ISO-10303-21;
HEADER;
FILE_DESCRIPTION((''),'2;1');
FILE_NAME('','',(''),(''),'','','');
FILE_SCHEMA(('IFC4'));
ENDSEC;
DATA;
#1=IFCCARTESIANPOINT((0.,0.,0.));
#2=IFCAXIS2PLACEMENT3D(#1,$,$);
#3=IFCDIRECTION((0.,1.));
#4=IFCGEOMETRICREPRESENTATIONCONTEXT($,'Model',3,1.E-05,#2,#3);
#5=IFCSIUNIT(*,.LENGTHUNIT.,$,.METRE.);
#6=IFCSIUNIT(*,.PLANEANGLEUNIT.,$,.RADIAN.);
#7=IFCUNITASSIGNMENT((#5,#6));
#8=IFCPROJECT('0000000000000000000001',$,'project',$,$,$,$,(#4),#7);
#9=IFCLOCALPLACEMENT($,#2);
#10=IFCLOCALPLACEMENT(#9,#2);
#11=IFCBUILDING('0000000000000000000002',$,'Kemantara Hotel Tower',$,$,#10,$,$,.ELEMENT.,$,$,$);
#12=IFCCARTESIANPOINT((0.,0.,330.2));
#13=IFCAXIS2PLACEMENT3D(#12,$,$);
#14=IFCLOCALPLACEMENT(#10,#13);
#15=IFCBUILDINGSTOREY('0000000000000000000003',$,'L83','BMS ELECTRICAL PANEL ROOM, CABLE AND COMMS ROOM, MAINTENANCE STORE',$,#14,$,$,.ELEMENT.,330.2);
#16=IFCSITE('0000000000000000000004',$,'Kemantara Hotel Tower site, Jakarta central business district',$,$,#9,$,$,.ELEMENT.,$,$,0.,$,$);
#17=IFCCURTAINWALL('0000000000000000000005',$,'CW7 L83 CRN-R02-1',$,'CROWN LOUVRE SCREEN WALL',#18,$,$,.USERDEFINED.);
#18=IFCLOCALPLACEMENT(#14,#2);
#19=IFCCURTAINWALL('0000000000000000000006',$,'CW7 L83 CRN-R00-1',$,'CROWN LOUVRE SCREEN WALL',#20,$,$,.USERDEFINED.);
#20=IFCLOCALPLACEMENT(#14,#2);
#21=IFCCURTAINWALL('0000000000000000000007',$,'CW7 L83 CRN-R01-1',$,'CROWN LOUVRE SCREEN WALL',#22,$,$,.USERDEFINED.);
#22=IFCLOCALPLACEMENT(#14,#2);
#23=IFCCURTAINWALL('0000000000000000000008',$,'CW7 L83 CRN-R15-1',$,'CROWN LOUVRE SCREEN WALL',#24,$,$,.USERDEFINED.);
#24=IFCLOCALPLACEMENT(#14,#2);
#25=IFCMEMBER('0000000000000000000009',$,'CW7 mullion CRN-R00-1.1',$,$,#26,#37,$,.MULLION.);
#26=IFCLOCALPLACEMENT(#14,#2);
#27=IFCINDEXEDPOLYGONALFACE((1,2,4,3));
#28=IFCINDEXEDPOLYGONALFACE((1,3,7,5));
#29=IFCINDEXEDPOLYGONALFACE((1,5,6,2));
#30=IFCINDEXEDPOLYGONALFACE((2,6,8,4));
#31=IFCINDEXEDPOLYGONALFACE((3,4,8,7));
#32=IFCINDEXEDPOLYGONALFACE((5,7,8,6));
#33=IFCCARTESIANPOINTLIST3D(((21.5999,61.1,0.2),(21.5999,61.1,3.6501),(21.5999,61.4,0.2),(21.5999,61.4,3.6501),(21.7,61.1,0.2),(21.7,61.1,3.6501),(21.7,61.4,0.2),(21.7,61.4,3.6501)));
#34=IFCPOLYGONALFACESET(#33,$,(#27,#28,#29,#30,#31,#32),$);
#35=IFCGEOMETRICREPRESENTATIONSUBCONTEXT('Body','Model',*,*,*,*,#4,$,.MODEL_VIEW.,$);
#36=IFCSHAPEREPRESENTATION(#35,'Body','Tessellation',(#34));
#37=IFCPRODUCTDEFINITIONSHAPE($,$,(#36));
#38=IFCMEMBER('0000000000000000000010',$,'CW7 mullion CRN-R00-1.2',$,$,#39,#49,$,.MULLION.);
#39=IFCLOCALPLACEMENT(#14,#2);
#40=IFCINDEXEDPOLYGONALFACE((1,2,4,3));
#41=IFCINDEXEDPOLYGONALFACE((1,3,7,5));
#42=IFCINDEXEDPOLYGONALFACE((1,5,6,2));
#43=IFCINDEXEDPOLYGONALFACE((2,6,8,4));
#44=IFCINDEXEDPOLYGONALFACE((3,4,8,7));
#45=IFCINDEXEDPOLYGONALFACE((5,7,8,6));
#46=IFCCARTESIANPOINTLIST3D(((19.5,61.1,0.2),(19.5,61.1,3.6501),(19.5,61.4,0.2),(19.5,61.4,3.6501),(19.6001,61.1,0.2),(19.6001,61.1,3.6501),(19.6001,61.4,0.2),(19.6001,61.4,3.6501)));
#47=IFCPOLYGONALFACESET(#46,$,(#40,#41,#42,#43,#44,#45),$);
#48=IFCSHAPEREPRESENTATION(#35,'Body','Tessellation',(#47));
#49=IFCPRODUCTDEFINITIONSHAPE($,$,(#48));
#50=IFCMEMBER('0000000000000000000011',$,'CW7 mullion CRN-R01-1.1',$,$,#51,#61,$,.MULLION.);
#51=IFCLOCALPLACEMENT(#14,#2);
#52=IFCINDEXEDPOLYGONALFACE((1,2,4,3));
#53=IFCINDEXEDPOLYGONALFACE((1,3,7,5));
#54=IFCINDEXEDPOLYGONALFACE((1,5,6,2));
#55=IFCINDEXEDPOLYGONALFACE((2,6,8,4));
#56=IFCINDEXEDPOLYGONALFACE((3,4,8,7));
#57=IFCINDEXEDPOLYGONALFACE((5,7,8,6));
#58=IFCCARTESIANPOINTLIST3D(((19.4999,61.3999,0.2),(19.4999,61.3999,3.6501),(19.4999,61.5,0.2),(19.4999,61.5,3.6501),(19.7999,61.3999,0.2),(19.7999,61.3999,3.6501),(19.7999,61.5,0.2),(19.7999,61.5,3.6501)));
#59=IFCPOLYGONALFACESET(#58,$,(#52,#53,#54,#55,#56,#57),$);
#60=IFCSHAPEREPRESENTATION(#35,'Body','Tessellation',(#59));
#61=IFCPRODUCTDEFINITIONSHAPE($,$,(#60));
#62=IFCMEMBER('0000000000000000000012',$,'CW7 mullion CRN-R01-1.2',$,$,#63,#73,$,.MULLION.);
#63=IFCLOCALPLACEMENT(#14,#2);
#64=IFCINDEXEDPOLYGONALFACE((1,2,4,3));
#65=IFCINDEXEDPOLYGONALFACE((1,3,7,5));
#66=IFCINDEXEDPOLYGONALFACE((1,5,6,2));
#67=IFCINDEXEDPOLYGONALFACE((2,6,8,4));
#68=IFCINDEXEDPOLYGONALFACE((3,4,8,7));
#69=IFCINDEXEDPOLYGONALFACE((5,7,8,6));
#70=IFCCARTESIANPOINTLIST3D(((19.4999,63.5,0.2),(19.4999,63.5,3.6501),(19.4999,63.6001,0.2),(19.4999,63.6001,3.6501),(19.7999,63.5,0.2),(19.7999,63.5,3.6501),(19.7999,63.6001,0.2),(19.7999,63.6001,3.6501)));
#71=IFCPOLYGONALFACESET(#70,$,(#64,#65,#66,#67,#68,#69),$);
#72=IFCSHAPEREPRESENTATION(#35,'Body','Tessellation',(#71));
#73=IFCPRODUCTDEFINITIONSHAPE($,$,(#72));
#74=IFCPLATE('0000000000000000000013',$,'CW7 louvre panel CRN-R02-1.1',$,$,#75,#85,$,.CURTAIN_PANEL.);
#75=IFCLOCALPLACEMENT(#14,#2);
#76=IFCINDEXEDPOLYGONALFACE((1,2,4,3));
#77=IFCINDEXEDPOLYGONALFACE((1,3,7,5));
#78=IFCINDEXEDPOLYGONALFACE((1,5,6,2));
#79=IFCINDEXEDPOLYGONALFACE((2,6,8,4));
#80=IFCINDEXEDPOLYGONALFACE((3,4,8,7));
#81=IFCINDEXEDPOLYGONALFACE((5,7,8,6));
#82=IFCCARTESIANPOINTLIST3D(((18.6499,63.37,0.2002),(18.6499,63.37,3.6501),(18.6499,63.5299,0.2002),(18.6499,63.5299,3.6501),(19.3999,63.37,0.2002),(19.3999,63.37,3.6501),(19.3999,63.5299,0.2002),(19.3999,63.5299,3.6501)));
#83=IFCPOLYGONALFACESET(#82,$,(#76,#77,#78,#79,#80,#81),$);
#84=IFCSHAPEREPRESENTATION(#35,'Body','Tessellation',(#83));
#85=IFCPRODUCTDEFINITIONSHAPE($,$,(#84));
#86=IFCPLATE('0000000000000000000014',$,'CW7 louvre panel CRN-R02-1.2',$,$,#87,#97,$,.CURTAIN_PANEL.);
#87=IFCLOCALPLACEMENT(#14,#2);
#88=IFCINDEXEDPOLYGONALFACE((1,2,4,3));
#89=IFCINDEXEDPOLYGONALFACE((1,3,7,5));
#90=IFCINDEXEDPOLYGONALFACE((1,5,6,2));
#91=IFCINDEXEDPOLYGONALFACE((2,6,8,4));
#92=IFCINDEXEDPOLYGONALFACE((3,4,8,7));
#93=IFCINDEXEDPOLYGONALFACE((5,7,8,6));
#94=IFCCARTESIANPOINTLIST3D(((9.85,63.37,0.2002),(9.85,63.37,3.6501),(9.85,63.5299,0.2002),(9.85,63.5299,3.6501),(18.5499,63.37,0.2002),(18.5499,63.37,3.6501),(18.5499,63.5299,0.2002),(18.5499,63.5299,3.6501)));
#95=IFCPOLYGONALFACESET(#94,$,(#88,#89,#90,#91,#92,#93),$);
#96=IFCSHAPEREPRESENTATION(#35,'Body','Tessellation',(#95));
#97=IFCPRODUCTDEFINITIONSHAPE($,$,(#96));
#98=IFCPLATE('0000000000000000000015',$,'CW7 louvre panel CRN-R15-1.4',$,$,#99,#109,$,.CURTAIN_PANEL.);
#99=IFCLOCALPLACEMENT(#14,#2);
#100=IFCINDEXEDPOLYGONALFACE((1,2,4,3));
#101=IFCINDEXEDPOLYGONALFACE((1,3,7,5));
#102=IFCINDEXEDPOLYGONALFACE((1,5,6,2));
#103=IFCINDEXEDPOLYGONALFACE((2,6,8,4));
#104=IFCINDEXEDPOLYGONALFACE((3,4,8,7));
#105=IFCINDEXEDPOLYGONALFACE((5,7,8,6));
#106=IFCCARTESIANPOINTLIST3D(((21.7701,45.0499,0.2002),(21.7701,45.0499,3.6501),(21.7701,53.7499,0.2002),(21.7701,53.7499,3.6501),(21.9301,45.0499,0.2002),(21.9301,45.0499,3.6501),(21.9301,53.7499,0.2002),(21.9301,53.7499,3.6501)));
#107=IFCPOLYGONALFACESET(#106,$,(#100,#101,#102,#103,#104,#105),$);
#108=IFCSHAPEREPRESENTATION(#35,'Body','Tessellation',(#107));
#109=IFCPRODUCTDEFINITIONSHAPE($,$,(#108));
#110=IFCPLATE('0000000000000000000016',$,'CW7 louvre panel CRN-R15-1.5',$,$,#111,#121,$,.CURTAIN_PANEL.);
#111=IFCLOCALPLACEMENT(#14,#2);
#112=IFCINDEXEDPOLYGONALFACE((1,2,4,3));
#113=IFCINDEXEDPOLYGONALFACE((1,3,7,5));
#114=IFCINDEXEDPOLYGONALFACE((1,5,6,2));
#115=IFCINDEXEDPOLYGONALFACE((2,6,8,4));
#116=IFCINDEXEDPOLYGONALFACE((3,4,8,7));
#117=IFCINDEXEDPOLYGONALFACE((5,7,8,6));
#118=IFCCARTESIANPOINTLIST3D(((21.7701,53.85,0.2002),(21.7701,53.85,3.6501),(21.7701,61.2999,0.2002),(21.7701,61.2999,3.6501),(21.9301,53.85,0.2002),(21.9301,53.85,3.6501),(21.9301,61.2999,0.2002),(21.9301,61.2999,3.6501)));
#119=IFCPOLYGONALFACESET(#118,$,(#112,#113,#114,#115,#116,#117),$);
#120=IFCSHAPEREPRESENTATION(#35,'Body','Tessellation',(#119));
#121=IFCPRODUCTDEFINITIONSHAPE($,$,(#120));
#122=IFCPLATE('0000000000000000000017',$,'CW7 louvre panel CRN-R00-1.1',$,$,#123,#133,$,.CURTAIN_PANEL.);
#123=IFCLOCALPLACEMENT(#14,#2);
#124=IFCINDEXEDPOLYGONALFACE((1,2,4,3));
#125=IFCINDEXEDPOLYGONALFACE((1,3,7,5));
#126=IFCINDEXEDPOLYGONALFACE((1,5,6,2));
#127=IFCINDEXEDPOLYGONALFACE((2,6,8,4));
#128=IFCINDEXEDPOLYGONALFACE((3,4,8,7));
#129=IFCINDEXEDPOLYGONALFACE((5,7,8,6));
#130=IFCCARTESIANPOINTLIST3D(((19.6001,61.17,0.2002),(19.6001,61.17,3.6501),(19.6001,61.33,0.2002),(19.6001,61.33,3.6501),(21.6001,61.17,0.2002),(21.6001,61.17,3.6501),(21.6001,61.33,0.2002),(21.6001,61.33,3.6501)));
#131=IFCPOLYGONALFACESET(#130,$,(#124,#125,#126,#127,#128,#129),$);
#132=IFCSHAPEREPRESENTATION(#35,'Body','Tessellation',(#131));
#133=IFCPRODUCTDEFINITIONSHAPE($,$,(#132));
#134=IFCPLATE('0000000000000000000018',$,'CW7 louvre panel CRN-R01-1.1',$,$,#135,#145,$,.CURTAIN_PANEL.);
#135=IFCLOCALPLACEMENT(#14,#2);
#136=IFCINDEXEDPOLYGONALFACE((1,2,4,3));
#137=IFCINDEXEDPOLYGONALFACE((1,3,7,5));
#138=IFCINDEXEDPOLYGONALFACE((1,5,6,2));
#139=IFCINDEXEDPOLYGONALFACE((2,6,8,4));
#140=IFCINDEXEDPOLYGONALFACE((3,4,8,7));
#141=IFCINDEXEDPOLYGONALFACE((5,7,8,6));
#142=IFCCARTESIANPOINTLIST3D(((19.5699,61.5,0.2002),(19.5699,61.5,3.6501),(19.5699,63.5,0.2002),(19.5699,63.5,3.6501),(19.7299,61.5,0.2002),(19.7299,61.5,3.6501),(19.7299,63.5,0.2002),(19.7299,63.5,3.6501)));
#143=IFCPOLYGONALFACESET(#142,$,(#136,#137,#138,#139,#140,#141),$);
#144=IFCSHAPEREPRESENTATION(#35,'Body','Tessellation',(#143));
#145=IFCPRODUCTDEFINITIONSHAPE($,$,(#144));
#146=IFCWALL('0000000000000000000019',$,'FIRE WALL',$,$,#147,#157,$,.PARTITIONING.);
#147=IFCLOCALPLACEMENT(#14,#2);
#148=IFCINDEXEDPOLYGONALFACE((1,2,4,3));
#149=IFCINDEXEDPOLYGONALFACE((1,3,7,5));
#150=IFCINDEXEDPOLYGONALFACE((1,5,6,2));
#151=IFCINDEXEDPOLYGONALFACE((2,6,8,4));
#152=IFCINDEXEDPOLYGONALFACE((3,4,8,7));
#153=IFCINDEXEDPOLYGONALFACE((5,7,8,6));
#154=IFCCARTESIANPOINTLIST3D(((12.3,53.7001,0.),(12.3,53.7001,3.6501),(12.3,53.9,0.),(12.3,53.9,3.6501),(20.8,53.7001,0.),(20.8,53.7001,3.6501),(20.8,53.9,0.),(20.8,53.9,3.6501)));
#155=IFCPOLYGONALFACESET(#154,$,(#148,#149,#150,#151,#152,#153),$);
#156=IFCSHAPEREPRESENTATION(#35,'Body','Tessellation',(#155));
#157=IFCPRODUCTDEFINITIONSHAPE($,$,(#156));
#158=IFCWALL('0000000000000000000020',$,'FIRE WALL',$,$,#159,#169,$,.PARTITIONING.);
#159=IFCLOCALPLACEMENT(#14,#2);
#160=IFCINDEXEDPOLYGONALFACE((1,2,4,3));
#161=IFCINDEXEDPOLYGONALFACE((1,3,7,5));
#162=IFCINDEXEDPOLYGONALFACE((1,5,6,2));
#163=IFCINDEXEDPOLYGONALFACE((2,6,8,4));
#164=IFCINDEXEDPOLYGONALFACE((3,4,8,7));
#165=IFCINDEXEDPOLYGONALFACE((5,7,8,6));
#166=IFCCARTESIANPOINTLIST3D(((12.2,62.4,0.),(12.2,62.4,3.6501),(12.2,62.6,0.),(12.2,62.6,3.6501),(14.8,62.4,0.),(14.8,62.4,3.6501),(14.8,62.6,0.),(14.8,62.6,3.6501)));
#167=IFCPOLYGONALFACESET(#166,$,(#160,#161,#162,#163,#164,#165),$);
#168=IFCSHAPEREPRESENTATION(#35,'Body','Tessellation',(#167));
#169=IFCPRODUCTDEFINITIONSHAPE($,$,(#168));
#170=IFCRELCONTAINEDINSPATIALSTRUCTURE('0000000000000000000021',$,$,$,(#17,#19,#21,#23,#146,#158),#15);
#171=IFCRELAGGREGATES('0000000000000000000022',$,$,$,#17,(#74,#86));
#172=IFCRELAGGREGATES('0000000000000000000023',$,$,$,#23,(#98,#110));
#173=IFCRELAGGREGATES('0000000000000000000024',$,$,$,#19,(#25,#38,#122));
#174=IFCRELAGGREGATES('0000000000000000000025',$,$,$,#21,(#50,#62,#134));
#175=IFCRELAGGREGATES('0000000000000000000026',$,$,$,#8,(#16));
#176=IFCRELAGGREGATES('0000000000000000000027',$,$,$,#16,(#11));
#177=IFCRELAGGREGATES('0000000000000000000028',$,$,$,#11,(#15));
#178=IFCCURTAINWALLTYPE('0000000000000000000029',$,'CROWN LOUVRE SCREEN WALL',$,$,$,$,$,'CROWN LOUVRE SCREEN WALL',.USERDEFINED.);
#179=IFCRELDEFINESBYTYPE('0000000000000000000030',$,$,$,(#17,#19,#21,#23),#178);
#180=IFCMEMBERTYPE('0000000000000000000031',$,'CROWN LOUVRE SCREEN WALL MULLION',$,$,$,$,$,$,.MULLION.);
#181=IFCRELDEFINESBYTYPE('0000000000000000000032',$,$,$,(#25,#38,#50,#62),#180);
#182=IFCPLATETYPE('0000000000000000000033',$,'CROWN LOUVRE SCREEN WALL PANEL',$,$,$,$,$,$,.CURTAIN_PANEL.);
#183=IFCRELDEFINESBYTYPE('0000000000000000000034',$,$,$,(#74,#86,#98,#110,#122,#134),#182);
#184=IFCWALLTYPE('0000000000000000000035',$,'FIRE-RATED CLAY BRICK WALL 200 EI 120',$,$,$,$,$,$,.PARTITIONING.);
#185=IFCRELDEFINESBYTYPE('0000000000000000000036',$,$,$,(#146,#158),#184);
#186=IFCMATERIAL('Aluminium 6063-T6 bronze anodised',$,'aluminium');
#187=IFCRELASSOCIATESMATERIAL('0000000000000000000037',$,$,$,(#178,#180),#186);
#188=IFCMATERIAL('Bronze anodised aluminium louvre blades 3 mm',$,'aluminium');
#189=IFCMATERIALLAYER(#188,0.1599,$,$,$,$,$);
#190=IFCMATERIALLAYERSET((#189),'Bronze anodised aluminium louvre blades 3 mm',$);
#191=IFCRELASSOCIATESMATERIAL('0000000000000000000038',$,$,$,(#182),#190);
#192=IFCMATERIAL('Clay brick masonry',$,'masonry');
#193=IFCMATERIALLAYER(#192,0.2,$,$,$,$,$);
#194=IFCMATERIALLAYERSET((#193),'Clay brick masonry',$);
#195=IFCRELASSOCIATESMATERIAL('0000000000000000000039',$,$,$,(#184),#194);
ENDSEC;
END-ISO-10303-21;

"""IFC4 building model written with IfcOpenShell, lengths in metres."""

from ifc_helpers import new_model, si_unit, direction, frame, frame_2d, origin, origin_2d, place, context, subcontext, project, spatial, rectangle, extrude, source, transform, mapped, material, layer, layer_set, material_profile, profile_set, type_object, element, aggregate, save


model = new_model("IFC4")

# Units and contexts
model_context = context("Model", 3, precision=1e-05, world=origin(), true_north=direction((0.0, 1.0)))
body_context = subcontext(model_context, "Body", "Model", "MODEL_VIEW")
ifc_project = project(units=[si_unit("LENGTHUNIT", "METRE"), si_unit("PLANEANGLEUNIT", "RADIAN")], contexts=[model_context])

# Site, building, storey
site_placement = place(None, origin())
site = spatial("IfcSite", under=ifc_project, at=site_placement, Name="Kemantara Hotel Tower site, Jakarta central business district", CompositionType="ELEMENT", RefElevation=0.0)
building_placement = place(site_placement, origin())
building = spatial("IfcBuilding", under=site, at=building_placement, Name="Kemantara Hotel Tower", CompositionType="ELEMENT")
storey_placement = place(building_placement, frame((0.0, 0.0, 330.2)))
storey = spatial("IfcBuildingStorey", under=building, at=storey_placement, Name="L83", Description="BMS ELECTRICAL PANEL ROOM, CABLE AND COMMS ROOM, MAINTENANCE STORE", CompositionType="ELEMENT", Elevation=330.2)

# Curtain walls
ifc_material_1 = material(Name="Aluminium 6063-T6 bronze anodised", Category="aluminium")
curtain_wall_type = type_object("IfcCurtainWallType", Name="CROWN LOUVRE SCREEN WALL", ElementType="CROWN LOUVRE SCREEN WALL", PredefinedType="USERDEFINED", material=ifc_material_1)
curtain_wall_1_placement = place(storey_placement, origin())
curtain_wall_1 = element("IfcCurtainWall", 1, at=curtain_wall_1_placement, inside=storey, type_object=curtain_wall_type, Name="CW7 L83 CRN-R02-1", ObjectType="CROWN LOUVRE SCREEN WALL", PredefinedType="USERDEFINED")
curtain_wall_2_placement = place(storey_placement, origin())
curtain_wall_2 = element("IfcCurtainWall", 2, at=curtain_wall_2_placement, inside=storey, type_object=curtain_wall_type, Name="CW7 L83 CRN-R00-1", ObjectType="CROWN LOUVRE SCREEN WALL", PredefinedType="USERDEFINED")
curtain_wall_3_placement = place(storey_placement, origin())
curtain_wall_3 = element("IfcCurtainWall", 3, at=curtain_wall_3_placement, inside=storey, type_object=curtain_wall_type, Name="CW7 L83 CRN-R01-1", ObjectType="CROWN LOUVRE SCREEN WALL", PredefinedType="USERDEFINED")

# Shared definitions
ifc_material_profile_1 = material_profile(ifc_material_1, rectangle(XDim=0.3, YDim=0.1001, at=origin_2d()), Name="CROWN LOUVRE SCREEN WALL MULLION")
ifc_profile_set_1 = profile_set([ifc_material_profile_1], Name="Aluminium 6063-T6 bronze anodised")
member_type_1 = type_object("IfcMemberType", Name="CROWN LOUVRE SCREEN WALL MULLION", PredefinedType="MULLION", material=ifc_profile_set_1)
shared_shape_1 = source(origin(), body_context, "Body", "SweptSolid", [
    extrude(rectangle(XDim=0.3, YDim=0.1001, at=origin_2d()), origin(), (0.0, 0.0, 1.0), 3.4502),
])

# Curtain wall
curtain_wall_4_placement = place(storey_placement, origin())
curtain_wall_4 = element("IfcCurtainWall", 4, at=curtain_wall_4_placement, inside=storey, type_object=curtain_wall_type, Name="CW7 L83 CRN-R15-1", ObjectType="CROWN LOUVRE SCREEN WALL", PredefinedType="USERDEFINED")

# Members
member_1_placement = place(storey_placement, frame((21.6499, 61.25, 0.2), z_axis=(0.0, 0.0, 1.0), x_axis=(0.0, -1.0, 0.0)))
member_1 = element("IfcMember", 5, at=member_1_placement, type_object=member_type_1, Name="CW7 mullion CRN-R00-1.1", PredefinedType="MULLION", context=body_context, shape_type="MappedRepresentation", body=[
    mapped(shared_shape_1, transform((0.0, 0.0, 0.0))),
])
member_2_placement = place(storey_placement, frame((19.55, 61.25, 0.2), z_axis=(0.0, 0.0, 1.0), x_axis=(0.0, -1.0, 0.0)))
member_2 = element("IfcMember", 6, at=member_2_placement, type_object=member_type_1, Name="CW7 mullion CRN-R00-1.2", PredefinedType="MULLION", context=body_context, shape_type="MappedRepresentation", body=[
    mapped(shared_shape_1, transform((0.0, 0.0, 0.0))),
])
member_3_placement = place(storey_placement, frame((19.6499, 61.45, 0.2), z_axis=(0.0, 0.0, 1.0), x_axis=(-1.0, 0.0, 0.0)))
member_3 = element("IfcMember", 7, at=member_3_placement, type_object=member_type_1, Name="CW7 mullion CRN-R01-1.1", PredefinedType="MULLION", context=body_context, shape_type="MappedRepresentation", body=[
    mapped(shared_shape_1, transform((0.0, 0.0, 0.0))),
])
member_4_placement = place(storey_placement, frame((19.6499, 63.55, 0.2), z_axis=(0.0, 0.0, 1.0), x_axis=(-1.0, 0.0, 0.0)))
member_4 = element("IfcMember", 8, at=member_4_placement, type_object=member_type_1, Name="CW7 mullion CRN-R01-1.2", PredefinedType="MULLION", context=body_context, shape_type="MappedRepresentation", body=[
    mapped(shared_shape_1, transform((0.0, 0.0, 0.0))),
])

# Plates
ifc_material_2 = material(Name="Bronze anodised aluminium louvre blades 3 mm", Category="aluminium")
ifc_layer_1 = layer(ifc_material_2, 0.1599)
ifc_layer_set_1 = layer_set([ifc_layer_1], Name="Bronze anodised aluminium louvre blades 3 mm")
plate_type = type_object("IfcPlateType", Name="CROWN LOUVRE SCREEN WALL PANEL", PredefinedType="CURTAIN_PANEL", material=ifc_layer_set_1)
shared_shape_2 = source(origin(), body_context, "Body", "SweptSolid", [
    extrude(rectangle(XDim=0.75, YDim=0.1599, at=origin_2d()), origin(), (0.0, 0.0, 1.0), 3.45),
])
plate_1_placement = place(storey_placement, frame((19.0249, 63.45, 0.2002), z_axis=(0.0, 0.0, 1.0), x_axis=(-1.0, 0.0, 0.0)))
plate_1 = element("IfcPlate", 9, at=plate_1_placement, type_object=plate_type, Name="CW7 louvre panel CRN-R02-1.1", PredefinedType="CURTAIN_PANEL", context=body_context, shape_type="MappedRepresentation", body=[
    mapped(shared_shape_2, transform((0.0, 0.0, 0.0))),
])
shared_shape_3 = source(origin(), body_context, "Body", "SweptSolid", [
    extrude(rectangle(XDim=8.7, YDim=0.1599, at=origin_2d()), origin(), (0.0, 0.0, 1.0), 3.45),
])
plate_2_placement = place(storey_placement, frame((14.2, 63.45, 0.2002), z_axis=(0.0, 0.0, 1.0), x_axis=(-1.0, 0.0, 0.0)))
plate_2 = element("IfcPlate", 10, at=plate_2_placement, type_object=plate_type, Name="CW7 louvre panel CRN-R02-1.2", PredefinedType="CURTAIN_PANEL", context=body_context, shape_type="MappedRepresentation", body=[
    mapped(shared_shape_3, transform((0.0, 0.0, 0.0))),
])
aggregate(curtain_wall_1, [plate_1, plate_2])
plate_3_placement = place(storey_placement, frame((21.8501, 49.3999, 0.2002), z_axis=(0.0, 0.0, 1.0), x_axis=(0.0, 1.0, 0.0)))
plate_3 = element("IfcPlate", 11, at=plate_3_placement, type_object=plate_type, Name="CW7 louvre panel CRN-R15-1.4", PredefinedType="CURTAIN_PANEL", context=body_context, shape_type="MappedRepresentation", body=[
    mapped(shared_shape_3, transform((0.0, 0.0, 0.0))),
])
shared_shape_4 = source(origin(), body_context, "Body", "SweptSolid", [
    extrude(rectangle(XDim=7.45, YDim=0.1599, at=origin_2d()), origin(), (0.0, 0.0, 1.0), 3.45),
])
plate_4_placement = place(storey_placement, frame((21.8501, 57.575, 0.2002), z_axis=(0.0, 0.0, 1.0), x_axis=(0.0, 1.0, 0.0)))
plate_4 = element("IfcPlate", 12, at=plate_4_placement, type_object=plate_type, Name="CW7 louvre panel CRN-R15-1.5", PredefinedType="CURTAIN_PANEL", context=body_context, shape_type="MappedRepresentation", body=[
    mapped(shared_shape_4, transform((0.0, 0.0, 0.0))),
])
aggregate(curtain_wall_4, [plate_3, plate_4])
shared_shape_5 = source(origin(), body_context, "Body", "SweptSolid", [
    extrude(rectangle(XDim=2.0, YDim=0.1599, at=origin_2d()), origin(), (0.0, 0.0, 1.0), 3.45),
])
plate_5_placement = place(storey_placement, frame((20.6001, 61.25, 0.2002), z_axis=(0.0, 0.0, 1.0), x_axis=(-1.0, 0.0, 0.0)))
plate_5 = element("IfcPlate", 13, at=plate_5_placement, type_object=plate_type, Name="CW7 louvre panel CRN-R00-1.1", PredefinedType="CURTAIN_PANEL", context=body_context, shape_type="MappedRepresentation", body=[
    mapped(shared_shape_5, transform((0.0, 0.0, 0.0))),
])
aggregate(curtain_wall_2, [member_1, member_2, plate_5])
plate_6_placement = place(storey_placement, frame((19.6499, 62.5, 0.2002), z_axis=(0.0, 0.0, 1.0), x_axis=(0.0, 1.0, 0.0)))
plate_6 = element("IfcPlate", 14, at=plate_6_placement, type_object=plate_type, Name="CW7 louvre panel CRN-R01-1.1", PredefinedType="CURTAIN_PANEL", context=body_context, shape_type="MappedRepresentation", body=[
    mapped(shared_shape_5, transform((0.0, 0.0, 0.0))),
])
aggregate(curtain_wall_3, [member_3, member_4, plate_6])

# Walls
ifc_material_3 = material(Name="Clay brick masonry", Category="masonry")
ifc_layer_2 = layer(ifc_material_3, 0.2)
ifc_layer_set_2 = layer_set([ifc_layer_2], Name="Clay brick masonry")
wall_type = type_object("IfcWallType", Name="FIRE-RATED CLAY BRICK WALL 200 EI 120", PredefinedType="PARTITIONING", material=ifc_layer_set_2)
wall_1_placement = place(storey_placement, frame((12.3, 53.8, 0.0), z_axis=(0.0, 0.0, 1.0), x_axis=(1.0, 0.0, 0.0)))
element("IfcWall", 15, at=wall_1_placement, inside=storey, type_object=wall_type, Name="FIRE WALL", PredefinedType="PARTITIONING", context=body_context, shape_type="SweptSolid", body=[
    extrude(rectangle(XDim=8.5, YDim=0.2, at=frame_2d((4.25, 0.0))), origin(), (0.0, 0.0, 1.0), 3.6501),
])
wall_2_placement = place(storey_placement, frame((12.2, 62.5, 0.0), z_axis=(0.0, 0.0, 1.0), x_axis=(1.0, 0.0, 0.0)))
element("IfcWall", 16, at=wall_2_placement, inside=storey, type_object=wall_type, Name="FIRE WALL", PredefinedType="PARTITIONING", context=body_context, shape_type="SweptSolid", body=[
    extrude(rectangle(XDim=2.6001, YDim=0.2, at=frame_2d((1.3, 0.0))), origin(), (0.0, 0.0, 1.0), 3.6501),
])

save(model, "model.ifc")
